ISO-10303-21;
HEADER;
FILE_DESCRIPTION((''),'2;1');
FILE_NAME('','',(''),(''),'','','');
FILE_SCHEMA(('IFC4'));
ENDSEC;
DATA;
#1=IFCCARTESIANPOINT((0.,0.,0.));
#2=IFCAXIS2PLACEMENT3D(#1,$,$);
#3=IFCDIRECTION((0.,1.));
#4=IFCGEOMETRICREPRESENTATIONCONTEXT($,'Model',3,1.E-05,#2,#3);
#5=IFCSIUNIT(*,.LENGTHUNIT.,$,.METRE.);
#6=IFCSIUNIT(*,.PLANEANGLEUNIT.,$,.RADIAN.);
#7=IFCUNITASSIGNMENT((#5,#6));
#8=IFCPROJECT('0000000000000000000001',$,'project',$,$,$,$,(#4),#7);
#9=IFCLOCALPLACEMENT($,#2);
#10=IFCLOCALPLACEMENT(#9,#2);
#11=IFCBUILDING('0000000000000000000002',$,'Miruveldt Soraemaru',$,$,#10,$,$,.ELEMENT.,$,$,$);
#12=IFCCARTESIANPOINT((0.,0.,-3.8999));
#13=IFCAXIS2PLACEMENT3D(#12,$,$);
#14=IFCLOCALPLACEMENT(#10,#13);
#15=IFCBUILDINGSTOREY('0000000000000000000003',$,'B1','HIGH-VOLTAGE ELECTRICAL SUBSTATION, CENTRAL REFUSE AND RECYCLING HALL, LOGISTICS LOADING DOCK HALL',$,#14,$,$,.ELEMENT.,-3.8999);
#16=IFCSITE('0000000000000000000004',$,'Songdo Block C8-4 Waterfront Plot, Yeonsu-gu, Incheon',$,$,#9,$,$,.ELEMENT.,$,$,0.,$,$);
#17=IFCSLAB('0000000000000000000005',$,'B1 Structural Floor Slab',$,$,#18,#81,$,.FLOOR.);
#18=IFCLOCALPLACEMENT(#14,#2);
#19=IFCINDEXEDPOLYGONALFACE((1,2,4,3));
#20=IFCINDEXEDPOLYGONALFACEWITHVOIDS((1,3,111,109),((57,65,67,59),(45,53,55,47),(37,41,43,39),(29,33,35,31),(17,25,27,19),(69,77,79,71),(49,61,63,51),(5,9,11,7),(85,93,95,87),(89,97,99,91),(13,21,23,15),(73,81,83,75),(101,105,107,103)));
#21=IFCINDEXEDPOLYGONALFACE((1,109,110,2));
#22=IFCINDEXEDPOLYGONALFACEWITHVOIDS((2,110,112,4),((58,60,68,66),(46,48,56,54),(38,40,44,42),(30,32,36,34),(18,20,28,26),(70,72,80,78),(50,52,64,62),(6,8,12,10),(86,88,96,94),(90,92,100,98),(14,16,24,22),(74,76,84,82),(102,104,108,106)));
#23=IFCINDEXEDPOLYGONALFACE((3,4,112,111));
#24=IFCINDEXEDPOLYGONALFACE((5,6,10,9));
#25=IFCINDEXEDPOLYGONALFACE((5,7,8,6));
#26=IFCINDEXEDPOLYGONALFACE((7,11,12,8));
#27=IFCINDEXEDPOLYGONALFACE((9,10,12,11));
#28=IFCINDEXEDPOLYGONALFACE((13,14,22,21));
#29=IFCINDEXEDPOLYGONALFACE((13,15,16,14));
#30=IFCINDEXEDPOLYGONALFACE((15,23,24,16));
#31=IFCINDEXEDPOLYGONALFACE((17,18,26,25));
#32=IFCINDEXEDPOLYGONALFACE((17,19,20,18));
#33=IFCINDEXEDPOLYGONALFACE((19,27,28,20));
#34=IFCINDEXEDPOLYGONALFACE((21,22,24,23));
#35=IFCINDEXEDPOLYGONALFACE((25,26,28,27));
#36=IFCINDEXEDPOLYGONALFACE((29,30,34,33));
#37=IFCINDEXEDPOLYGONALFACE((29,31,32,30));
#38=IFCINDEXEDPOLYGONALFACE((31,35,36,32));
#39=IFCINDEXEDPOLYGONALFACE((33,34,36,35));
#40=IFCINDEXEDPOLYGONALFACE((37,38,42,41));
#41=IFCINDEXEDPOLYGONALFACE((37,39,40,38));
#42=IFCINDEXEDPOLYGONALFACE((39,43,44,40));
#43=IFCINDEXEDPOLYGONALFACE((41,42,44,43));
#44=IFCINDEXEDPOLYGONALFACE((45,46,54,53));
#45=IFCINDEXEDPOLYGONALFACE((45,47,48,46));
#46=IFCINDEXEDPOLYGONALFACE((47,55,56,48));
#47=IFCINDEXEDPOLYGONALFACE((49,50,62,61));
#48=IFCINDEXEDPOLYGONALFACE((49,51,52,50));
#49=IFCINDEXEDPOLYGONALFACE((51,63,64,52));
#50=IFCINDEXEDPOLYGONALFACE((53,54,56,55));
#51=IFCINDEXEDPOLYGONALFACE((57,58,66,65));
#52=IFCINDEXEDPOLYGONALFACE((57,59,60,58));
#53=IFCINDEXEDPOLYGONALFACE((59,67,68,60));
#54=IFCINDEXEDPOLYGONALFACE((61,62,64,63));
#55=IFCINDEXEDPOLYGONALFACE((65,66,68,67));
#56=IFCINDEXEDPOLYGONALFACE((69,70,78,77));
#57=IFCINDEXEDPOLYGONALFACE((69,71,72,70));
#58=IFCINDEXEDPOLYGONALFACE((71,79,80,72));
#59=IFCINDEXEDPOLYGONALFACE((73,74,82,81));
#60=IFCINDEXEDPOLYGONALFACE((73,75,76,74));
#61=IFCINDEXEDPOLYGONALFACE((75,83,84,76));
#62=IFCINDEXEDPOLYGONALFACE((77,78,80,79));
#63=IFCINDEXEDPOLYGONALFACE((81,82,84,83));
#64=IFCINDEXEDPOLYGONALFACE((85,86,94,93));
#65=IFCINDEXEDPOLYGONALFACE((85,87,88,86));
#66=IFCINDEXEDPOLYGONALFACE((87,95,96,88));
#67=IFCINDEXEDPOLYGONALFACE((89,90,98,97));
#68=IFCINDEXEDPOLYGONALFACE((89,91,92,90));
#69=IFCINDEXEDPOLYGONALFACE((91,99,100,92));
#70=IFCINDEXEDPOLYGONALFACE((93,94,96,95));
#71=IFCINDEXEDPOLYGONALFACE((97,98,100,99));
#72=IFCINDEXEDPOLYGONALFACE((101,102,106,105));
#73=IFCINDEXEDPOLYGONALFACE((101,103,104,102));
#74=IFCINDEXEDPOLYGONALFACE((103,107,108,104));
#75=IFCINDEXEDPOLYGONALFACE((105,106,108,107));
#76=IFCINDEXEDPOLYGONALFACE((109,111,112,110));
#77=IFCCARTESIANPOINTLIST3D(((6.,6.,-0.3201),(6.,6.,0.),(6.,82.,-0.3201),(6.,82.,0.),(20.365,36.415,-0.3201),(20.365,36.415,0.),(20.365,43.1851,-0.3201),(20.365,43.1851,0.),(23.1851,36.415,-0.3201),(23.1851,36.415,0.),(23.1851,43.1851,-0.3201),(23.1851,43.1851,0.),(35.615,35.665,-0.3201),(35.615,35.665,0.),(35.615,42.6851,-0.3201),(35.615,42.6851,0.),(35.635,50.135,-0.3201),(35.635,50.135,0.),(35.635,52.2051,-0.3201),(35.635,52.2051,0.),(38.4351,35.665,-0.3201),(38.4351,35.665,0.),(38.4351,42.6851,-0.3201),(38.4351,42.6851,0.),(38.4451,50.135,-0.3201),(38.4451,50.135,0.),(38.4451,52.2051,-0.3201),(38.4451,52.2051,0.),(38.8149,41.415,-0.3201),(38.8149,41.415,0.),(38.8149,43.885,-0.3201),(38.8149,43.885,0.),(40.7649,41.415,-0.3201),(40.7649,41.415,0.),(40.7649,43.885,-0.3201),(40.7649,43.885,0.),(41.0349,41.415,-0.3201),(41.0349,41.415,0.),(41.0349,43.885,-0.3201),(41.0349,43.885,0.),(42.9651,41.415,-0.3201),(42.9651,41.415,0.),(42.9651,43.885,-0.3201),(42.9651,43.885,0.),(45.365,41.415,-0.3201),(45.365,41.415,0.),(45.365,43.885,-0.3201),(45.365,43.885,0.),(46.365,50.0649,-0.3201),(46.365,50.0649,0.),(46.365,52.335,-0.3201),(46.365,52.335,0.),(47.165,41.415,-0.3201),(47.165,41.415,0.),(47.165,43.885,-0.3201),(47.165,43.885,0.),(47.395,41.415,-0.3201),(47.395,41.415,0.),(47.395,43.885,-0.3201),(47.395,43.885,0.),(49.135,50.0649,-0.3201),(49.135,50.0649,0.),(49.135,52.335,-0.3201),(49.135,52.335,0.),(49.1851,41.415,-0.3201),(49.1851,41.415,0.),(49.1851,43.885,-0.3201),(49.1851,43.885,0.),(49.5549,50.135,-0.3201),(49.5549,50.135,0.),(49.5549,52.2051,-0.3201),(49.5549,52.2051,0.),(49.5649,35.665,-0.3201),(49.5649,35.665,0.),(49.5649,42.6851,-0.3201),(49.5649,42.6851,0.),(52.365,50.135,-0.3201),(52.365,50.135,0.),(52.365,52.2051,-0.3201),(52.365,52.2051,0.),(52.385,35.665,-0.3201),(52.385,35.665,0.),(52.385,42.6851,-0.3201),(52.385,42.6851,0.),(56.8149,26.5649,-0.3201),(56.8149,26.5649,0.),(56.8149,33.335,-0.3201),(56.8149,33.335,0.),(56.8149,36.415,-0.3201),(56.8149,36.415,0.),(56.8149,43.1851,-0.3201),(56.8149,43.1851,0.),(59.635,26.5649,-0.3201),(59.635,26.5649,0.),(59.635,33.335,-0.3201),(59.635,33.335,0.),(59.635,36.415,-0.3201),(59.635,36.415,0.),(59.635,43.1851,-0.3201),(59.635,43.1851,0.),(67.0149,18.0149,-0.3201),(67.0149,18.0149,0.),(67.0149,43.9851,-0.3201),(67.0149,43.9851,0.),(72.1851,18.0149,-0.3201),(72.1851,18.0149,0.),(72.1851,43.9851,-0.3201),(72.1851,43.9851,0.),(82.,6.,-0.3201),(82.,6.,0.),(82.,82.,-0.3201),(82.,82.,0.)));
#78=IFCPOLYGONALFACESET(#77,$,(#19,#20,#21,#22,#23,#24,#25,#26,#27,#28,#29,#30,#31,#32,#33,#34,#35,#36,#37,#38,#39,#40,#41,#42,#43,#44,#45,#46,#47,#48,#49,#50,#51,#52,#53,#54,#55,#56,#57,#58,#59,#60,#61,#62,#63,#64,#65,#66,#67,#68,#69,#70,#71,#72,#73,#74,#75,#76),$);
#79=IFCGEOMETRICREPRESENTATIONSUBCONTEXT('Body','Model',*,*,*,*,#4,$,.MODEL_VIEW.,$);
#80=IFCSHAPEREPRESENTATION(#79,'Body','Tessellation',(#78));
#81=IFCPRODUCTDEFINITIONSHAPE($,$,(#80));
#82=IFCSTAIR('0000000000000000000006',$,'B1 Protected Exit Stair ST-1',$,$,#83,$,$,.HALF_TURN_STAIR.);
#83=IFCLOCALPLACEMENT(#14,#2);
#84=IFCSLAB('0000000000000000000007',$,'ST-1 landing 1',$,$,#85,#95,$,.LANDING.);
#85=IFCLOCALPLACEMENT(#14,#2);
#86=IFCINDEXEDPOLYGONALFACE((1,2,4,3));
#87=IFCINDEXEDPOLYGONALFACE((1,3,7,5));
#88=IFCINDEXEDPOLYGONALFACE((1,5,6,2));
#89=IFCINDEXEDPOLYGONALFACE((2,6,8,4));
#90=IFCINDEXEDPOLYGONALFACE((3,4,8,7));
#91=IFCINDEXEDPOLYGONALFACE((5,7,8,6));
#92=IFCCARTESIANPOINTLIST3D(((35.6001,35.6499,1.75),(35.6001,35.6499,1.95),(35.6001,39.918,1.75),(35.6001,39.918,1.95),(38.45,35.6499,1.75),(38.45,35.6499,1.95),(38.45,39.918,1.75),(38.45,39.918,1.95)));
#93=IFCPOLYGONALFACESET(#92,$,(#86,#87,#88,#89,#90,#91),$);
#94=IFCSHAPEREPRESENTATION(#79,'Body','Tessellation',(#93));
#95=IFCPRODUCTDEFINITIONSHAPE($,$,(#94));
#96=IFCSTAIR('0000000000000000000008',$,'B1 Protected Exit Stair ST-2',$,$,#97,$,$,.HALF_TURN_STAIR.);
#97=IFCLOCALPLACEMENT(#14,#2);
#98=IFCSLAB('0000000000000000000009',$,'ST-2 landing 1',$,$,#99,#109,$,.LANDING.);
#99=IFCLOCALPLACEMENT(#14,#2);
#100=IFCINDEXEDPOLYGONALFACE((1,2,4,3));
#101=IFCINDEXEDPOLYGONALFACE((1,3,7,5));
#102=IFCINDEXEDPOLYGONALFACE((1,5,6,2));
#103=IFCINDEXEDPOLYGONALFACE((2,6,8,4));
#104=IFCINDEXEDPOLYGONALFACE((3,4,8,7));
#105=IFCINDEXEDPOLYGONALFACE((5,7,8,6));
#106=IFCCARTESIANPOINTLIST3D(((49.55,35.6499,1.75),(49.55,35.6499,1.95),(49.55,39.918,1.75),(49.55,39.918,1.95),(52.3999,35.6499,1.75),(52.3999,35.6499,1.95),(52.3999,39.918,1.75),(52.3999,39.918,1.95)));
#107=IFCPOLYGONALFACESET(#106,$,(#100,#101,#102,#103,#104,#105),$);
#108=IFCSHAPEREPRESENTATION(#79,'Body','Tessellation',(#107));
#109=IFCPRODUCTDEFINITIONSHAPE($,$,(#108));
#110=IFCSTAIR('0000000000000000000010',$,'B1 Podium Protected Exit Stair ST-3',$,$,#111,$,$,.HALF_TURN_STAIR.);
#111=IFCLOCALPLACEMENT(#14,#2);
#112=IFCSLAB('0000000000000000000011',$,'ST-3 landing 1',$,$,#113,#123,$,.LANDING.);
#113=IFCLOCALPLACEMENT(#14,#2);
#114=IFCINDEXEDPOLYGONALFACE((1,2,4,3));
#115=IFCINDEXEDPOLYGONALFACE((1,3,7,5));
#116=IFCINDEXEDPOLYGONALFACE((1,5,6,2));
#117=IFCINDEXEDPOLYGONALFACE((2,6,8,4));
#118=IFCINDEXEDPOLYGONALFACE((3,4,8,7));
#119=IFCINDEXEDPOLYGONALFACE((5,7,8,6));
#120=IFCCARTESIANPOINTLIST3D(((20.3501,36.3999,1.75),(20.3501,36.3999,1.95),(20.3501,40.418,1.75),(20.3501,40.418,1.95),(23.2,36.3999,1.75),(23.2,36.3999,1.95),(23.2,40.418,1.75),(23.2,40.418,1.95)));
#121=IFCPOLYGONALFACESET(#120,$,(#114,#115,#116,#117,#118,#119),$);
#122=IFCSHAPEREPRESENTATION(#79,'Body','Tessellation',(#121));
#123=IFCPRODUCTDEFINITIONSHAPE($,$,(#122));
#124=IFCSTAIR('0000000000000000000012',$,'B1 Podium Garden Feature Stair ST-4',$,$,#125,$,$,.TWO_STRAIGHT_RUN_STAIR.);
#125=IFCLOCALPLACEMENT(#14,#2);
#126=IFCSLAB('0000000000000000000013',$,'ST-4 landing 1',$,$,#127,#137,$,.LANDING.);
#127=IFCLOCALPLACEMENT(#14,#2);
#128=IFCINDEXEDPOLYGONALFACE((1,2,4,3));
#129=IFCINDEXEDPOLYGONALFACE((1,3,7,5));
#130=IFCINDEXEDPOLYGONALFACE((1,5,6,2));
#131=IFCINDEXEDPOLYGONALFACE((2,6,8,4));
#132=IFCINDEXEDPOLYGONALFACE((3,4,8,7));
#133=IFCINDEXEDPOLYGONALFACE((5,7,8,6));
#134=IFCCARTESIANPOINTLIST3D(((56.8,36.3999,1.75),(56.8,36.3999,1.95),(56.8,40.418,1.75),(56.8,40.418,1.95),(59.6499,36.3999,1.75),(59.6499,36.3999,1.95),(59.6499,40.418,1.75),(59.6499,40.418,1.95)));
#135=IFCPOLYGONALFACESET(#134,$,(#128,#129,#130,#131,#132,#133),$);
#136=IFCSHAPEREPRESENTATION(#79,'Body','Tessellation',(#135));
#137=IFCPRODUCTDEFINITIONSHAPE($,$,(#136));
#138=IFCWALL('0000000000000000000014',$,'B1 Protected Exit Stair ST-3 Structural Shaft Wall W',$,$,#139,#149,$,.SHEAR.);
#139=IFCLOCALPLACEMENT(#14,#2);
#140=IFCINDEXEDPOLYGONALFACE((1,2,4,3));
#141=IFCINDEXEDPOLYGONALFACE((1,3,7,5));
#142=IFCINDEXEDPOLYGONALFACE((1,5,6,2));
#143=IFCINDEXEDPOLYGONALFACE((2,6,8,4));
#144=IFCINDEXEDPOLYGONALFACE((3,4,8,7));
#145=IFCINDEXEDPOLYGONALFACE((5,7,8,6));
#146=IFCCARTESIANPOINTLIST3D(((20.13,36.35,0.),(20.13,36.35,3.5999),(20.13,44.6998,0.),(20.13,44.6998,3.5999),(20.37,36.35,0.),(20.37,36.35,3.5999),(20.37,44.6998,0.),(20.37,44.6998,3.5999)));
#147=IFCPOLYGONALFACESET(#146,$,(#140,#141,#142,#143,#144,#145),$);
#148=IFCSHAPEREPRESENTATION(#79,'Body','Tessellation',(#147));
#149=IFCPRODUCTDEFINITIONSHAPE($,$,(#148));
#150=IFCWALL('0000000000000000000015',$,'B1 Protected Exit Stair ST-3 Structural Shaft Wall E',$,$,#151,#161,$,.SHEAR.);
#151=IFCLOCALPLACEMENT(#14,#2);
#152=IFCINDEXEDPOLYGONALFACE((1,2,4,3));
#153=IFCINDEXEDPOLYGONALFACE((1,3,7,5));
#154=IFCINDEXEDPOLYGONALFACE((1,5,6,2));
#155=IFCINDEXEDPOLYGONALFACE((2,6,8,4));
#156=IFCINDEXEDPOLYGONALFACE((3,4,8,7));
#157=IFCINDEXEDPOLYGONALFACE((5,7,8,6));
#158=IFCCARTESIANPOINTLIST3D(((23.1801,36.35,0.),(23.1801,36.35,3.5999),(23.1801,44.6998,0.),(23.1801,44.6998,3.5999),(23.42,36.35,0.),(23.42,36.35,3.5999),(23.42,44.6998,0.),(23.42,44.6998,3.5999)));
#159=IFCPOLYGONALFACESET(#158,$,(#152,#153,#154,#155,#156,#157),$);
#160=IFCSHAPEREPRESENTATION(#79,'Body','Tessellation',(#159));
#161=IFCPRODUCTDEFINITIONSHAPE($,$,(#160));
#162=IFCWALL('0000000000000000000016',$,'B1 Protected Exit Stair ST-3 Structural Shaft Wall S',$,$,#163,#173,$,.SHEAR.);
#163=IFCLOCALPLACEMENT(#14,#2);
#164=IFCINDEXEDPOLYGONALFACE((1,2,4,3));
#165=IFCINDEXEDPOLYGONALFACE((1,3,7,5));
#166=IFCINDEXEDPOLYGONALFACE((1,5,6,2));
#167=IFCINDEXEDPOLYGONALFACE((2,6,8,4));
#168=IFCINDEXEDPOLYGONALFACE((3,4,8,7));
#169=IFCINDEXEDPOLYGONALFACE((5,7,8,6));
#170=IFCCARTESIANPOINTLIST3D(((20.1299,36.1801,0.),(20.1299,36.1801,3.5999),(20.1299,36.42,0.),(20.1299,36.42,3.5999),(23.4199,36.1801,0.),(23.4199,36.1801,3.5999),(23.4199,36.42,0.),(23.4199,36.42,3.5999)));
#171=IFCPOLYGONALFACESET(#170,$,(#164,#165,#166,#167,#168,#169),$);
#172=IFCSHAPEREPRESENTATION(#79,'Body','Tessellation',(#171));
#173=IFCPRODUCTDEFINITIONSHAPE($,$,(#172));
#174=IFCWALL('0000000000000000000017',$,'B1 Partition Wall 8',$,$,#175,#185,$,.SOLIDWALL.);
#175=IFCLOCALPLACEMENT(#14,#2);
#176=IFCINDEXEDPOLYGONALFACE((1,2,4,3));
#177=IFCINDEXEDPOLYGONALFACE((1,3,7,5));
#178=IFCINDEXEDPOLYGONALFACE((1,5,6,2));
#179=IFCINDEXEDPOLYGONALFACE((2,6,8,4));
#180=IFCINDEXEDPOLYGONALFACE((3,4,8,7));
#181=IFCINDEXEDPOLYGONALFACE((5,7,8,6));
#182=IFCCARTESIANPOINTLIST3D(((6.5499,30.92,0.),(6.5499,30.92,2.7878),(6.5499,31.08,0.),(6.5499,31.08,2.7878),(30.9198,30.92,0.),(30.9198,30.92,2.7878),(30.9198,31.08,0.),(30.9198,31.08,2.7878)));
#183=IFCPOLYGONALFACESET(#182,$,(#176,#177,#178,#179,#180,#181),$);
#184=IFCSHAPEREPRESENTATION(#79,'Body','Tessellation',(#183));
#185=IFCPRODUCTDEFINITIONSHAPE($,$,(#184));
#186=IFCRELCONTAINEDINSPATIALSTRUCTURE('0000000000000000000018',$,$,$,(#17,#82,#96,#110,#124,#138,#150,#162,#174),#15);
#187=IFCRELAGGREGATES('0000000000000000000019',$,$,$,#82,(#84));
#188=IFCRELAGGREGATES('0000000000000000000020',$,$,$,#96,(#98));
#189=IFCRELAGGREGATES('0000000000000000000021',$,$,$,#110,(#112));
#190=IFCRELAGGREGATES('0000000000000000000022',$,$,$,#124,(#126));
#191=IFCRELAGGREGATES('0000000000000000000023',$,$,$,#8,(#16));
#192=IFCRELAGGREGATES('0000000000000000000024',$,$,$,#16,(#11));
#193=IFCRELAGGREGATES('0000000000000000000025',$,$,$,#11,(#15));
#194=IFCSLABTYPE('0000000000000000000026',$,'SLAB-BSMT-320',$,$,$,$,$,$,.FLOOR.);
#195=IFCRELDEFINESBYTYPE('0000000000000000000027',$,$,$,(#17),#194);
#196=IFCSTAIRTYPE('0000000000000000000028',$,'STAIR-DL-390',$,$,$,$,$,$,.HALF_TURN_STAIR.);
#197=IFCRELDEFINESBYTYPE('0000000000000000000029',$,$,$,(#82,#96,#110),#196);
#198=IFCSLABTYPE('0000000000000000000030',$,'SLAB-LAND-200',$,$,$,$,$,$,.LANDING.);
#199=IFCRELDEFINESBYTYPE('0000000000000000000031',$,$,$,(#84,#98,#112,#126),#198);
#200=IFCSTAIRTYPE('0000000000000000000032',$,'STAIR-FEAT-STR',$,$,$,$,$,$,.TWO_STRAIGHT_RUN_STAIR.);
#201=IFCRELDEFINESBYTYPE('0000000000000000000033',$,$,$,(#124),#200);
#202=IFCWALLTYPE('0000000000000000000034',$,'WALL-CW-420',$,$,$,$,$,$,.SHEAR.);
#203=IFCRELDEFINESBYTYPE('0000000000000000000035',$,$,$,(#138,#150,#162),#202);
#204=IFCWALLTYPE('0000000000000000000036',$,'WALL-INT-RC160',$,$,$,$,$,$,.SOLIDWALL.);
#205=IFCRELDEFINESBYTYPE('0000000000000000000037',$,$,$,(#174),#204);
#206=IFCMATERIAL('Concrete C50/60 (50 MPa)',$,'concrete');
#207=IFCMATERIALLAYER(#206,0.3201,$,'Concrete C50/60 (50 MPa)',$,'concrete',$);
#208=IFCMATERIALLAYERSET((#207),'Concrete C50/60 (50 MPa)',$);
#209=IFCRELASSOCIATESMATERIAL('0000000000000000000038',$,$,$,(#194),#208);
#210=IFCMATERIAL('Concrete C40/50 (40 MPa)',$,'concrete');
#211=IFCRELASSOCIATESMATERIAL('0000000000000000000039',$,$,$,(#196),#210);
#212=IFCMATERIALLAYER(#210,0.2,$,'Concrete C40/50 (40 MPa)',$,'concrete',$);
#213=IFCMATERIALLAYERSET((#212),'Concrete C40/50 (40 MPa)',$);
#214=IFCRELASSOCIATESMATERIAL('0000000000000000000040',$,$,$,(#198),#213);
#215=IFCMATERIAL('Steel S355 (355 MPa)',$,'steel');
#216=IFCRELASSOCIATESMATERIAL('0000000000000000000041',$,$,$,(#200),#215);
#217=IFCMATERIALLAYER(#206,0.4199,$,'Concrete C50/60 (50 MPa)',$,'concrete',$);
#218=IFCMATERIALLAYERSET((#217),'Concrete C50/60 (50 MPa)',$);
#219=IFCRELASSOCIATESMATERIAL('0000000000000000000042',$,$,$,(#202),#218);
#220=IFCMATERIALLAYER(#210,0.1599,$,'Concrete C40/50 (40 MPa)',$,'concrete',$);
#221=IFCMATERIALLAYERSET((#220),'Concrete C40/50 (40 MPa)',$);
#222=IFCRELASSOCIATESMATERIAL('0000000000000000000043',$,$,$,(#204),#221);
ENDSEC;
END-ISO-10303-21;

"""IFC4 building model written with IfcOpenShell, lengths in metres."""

from ifc_helpers import new_model, si_unit, direction, frame, frame_2d, origin, place, context, subcontext, project, spatial, polyline, rectangle, outline, extrude, material, layer, layer_set, type_object, element, aggregate, save


model = new_model("IFC4")

# Units and contexts
model_context = context("Model", 3, precision=1e-05, world=origin(), true_north=direction((0.0, 1.0)))
body_context = subcontext(model_context, "Body", "Model", "MODEL_VIEW")
ifc_project = project(units=[si_unit("LENGTHUNIT", "METRE"), si_unit("PLANEANGLEUNIT", "RADIAN")], contexts=[model_context])

# Site, building, storey
site_placement = place(None, origin())
site = spatial("IfcSite", under=ifc_project, at=site_placement, Name="Songdo Block C8-4 Waterfront Plot, Yeonsu-gu, Incheon", CompositionType="ELEMENT", RefElevation=0.0)
building_placement = place(site_placement, origin())
building = spatial("IfcBuilding", under=site, at=building_placement, Name="Miruveldt Soraemaru", CompositionType="ELEMENT")
storey_placement = place(building_placement, frame((0.0, 0.0, -3.8999)))
storey = spatial("IfcBuildingStorey", under=building, at=storey_placement, Name="B1", Description="HIGH-VOLTAGE ELECTRICAL SUBSTATION, CENTRAL REFUSE AND RECYCLING HALL, LOGISTICS LOADING DOCK HALL", CompositionType="ELEMENT", Elevation=-3.8999)

# Shared definitions
ifc_material_1 = material(Name="Concrete C50/60 (50 MPa)", Category="concrete")

# Slab
ifc_layer_1 = layer(ifc_material_1, 0.3201, Name="Concrete C50/60 (50 MPa)", Category="concrete")
ifc_layer_set_1 = layer_set([ifc_layer_1], Name="Concrete C50/60 (50 MPa)")
slab_type_1 = type_object("IfcSlabType", Name="SLAB-BSMT-320", PredefinedType="FLOOR", material=ifc_layer_set_1)
slab_1_placement = place(storey_placement, frame((0.0, 0.0, -0.3201)))
element("IfcSlab", 1, at=slab_1_placement, inside=storey, type_object=slab_type_1, Name="B1 Structural Floor Slab", PredefinedType="FLOOR", context=body_context, shape_type="SweptSolid", body=[
    extrude(outline(polyline([(6.0, 82.0), (82.0, 82.0), (82.0, 6.0), (6.0, 6.0), (6.0, 82.0)]), holes=[polyline([(35.615, 35.665), (38.4351, 35.665), (38.4351, 42.6851), (35.615, 42.6851), (35.615, 35.665)]), polyline([(20.365, 43.1851), (20.365, 36.415), (23.1851, 36.415), (23.1851, 43.1851), (20.365, 43.1851)]), polyline([(38.8149, 41.415), (40.7649, 41.415), (40.7649, 43.885), (38.8149, 43.885), (38.8149, 41.415)]), polyline([(42.9651, 41.415), (42.9651, 43.885), (41.0349, 43.885), (41.0349, 41.415), (42.9651, 41.415)]), polyline([(45.365, 41.415), (47.165, 41.415), (47.165, 43.885), (45.365, 43.885), (45.365, 41.415)]), polyline([(35.635, 50.135), (38.4451, 50.135), (38.4451, 52.2051), (35.635, 52.2051), (35.635, 50.135)]), polyline([(49.135, 50.0649), (49.135, 52.335), (46.365, 52.335), (46.365, 50.0649), (49.135, 50.0649)]), polyline([(56.8149, 33.335), (56.8149, 26.5649), (59.635, 26.5649), (59.635, 33.335), (56.8149, 33.335)]), polyline([(67.0149, 18.0149), (72.1851, 18.0149), (72.1851, 43.9851), (67.0149, 43.9851), (67.0149, 18.0149)]), polyline([(49.5649, 42.6851), (49.5649, 35.665), (52.385, 35.665), (52.385, 42.6851), (49.5649, 42.6851)]), polyline([(56.8149, 43.1851), (56.8149, 36.415), (59.635, 36.415), (59.635, 43.1851), (56.8149, 43.1851)]), polyline([(47.395, 41.415), (49.1851, 41.415), (49.1851, 43.885), (47.395, 43.885), (47.395, 41.415)]), polyline([(49.5549, 50.135), (52.365, 50.135), (52.365, 52.2051), (49.5549, 52.2051), (49.5549, 50.135)])]), origin(), (0.0, 0.0, 1.0), 0.3201),
])

# Stairs, slabs
ifc_material_2 = material(Name="Concrete C40/50 (40 MPa)", Category="concrete")
stair_type_1 = type_object("IfcStairType", Name="STAIR-DL-390", PredefinedType="HALF_TURN_STAIR", material=ifc_material_2)
stair_1_placement = place(storey_placement, origin())
stair_1 = element("IfcStair", 2, at=stair_1_placement, inside=storey, type_object=stair_type_1, Name="B1 Protected Exit Stair ST-1", PredefinedType="HALF_TURN_STAIR")
ifc_layer_2 = layer(ifc_material_2, 0.2, Name="Concrete C40/50 (40 MPa)", Category="concrete")
ifc_layer_set_2 = layer_set([ifc_layer_2], Name="Concrete C40/50 (40 MPa)")
slab_type_2 = type_object("IfcSlabType", Name="SLAB-LAND-200", PredefinedType="LANDING", material=ifc_layer_set_2)
slab_2_placement = place(storey_placement, frame((0.0, 0.0, 1.75)))
slab_2 = element("IfcSlab", 3, at=slab_2_placement, type_object=slab_type_2, Name="ST-1 landing 1", PredefinedType="LANDING", context=body_context, shape_type="SweptSolid", body=[
    extrude(outline(polyline([(35.6001, 39.918), (35.6001, 35.6499), (38.45, 35.6499), (38.45, 39.918), (35.6001, 39.918)])), origin(), (0.0, 0.0, 1.0), 0.2),
])
aggregate(stair_1, [slab_2])
stair_2_placement = place(storey_placement, origin())
stair_2 = element("IfcStair", 4, at=stair_2_placement, inside=storey, type_object=stair_type_1, Name="B1 Protected Exit Stair ST-2", PredefinedType="HALF_TURN_STAIR")
slab_3_placement = place(storey_placement, frame((0.0, 0.0, 1.75)))
slab_3 = element("IfcSlab", 5, at=slab_3_placement, type_object=slab_type_2, Name="ST-2 landing 1", PredefinedType="LANDING", context=body_context, shape_type="SweptSolid", body=[
    extrude(outline(polyline([(49.55, 39.918), (49.55, 35.6499), (52.3999, 35.6499), (52.3999, 39.918), (49.55, 39.918)])), origin(), (0.0, 0.0, 1.0), 0.2),
])
aggregate(stair_2, [slab_3])
stair_3_placement = place(storey_placement, origin())
stair_3 = element("IfcStair", 6, at=stair_3_placement, inside=storey, type_object=stair_type_1, Name="B1 Podium Protected Exit Stair ST-3", PredefinedType="HALF_TURN_STAIR")
slab_4_placement = place(storey_placement, frame((0.0, 0.0, 1.75)))
slab_4 = element("IfcSlab", 7, at=slab_4_placement, type_object=slab_type_2, Name="ST-3 landing 1", PredefinedType="LANDING", context=body_context, shape_type="SweptSolid", body=[
    extrude(outline(polyline([(20.3501, 40.418), (20.3501, 36.3999), (23.2, 36.3999), (23.2, 40.418), (20.3501, 40.418)])), origin(), (0.0, 0.0, 1.0), 0.2),
])
aggregate(stair_3, [slab_4])
ifc_material_3 = material(Name="Steel S355 (355 MPa)", Category="steel")
stair_type_2 = type_object("IfcStairType", Name="STAIR-FEAT-STR", PredefinedType="TWO_STRAIGHT_RUN_STAIR", material=ifc_material_3)
stair_4_placement = place(storey_placement, origin())
stair_4 = element("IfcStair", 8, at=stair_4_placement, inside=storey, type_object=stair_type_2, Name="B1 Podium Garden Feature Stair ST-4", PredefinedType="TWO_STRAIGHT_RUN_STAIR")
slab_5_placement = place(storey_placement, frame((0.0, 0.0, 1.75)))
slab_5 = element("IfcSlab", 9, at=slab_5_placement, type_object=slab_type_2, Name="ST-4 landing 1", PredefinedType="LANDING", context=body_context, shape_type="SweptSolid", body=[
    extrude(outline(polyline([(56.8, 40.418), (56.8, 36.3999), (59.6499, 36.3999), (59.6499, 40.418), (56.8, 40.418)])), origin(), (0.0, 0.0, 1.0), 0.2),
])
aggregate(stair_4, [slab_5])

# Walls
ifc_layer_3 = layer(ifc_material_1, 0.4199, Name="Concrete C50/60 (50 MPa)", Category="concrete")
ifc_layer_set_3 = layer_set([ifc_layer_3], Name="Concrete C50/60 (50 MPa)")
wall_type_1 = type_object("IfcWallType", Name="WALL-CW-420", PredefinedType="SHEAR", material=ifc_layer_set_3)
for number, where, z_axis, x_axis, name in (
    (10, (20.25, 36.3501, 0.0), (0.0, 0.0, 1.0), (0.0, 1.0, 0.0), "B1 Protected Exit Stair ST-3 Structural Shaft Wall W"),
    (11, (23.3, 36.3501, 0.0), (0.0, 0.0, 1.0), (0.0, 1.0, 0.0), "B1 Protected Exit Stair ST-3 Structural Shaft Wall E"),
):
    element("IfcWall", number, at=place(storey_placement, frame(where, z_axis=z_axis, x_axis=x_axis)), inside=storey, type_object=wall_type_1, Name=name, PredefinedType="SHEAR", context=body_context, shape_type="SweptSolid", body=[
        extrude(rectangle(XDim=8.3499, YDim=0.24, at=frame_2d((4.1748, 0.0))), origin(), (0.0, 0.0, 1.0), 3.5999),
    ])
wall_1_placement = place(storey_placement, frame((20.1299, 36.3, 0.0), z_axis=(0.0, 0.0, 1.0), x_axis=(1.0, 0.0, 0.0)))
element("IfcWall", 12, at=wall_1_placement, inside=storey, type_object=wall_type_1, Name="B1 Protected Exit Stair ST-3 Structural Shaft Wall S", PredefinedType="SHEAR", context=body_context, shape_type="SweptSolid", body=[
    extrude(rectangle(XDim=3.29, YDim=0.24, at=frame_2d((1.645, 0.0))), origin(), (0.0, 0.0, 1.0), 3.5999),
])
ifc_layer_4 = layer(ifc_material_2, 0.1599, Name="Concrete C40/50 (40 MPa)", Category="concrete")
ifc_layer_set_4 = layer_set([ifc_layer_4], Name="Concrete C40/50 (40 MPa)")
wall_type_2 = type_object("IfcWallType", Name="WALL-INT-RC160", PredefinedType="SOLIDWALL", material=ifc_layer_set_4)
wall_2_placement = place(storey_placement, frame((30.9199, 31.0, 0.0), z_axis=(0.0, 0.0, 1.0), x_axis=(-1.0, 0.0, 0.0)))
element("IfcWall", 13, at=wall_2_placement, inside=storey, type_object=wall_type_2, Name="B1 Partition Wall 8", PredefinedType="SOLIDWALL", context=body_context, shape_type="SweptSolid", body=[
    extrude(rectangle(XDim=24.3699, YDim=0.1599, at=frame_2d((12.1851, 0.0))), origin(), (0.0, 0.0, 1.0), 2.7878),
])

save(model, "model.ifc")
